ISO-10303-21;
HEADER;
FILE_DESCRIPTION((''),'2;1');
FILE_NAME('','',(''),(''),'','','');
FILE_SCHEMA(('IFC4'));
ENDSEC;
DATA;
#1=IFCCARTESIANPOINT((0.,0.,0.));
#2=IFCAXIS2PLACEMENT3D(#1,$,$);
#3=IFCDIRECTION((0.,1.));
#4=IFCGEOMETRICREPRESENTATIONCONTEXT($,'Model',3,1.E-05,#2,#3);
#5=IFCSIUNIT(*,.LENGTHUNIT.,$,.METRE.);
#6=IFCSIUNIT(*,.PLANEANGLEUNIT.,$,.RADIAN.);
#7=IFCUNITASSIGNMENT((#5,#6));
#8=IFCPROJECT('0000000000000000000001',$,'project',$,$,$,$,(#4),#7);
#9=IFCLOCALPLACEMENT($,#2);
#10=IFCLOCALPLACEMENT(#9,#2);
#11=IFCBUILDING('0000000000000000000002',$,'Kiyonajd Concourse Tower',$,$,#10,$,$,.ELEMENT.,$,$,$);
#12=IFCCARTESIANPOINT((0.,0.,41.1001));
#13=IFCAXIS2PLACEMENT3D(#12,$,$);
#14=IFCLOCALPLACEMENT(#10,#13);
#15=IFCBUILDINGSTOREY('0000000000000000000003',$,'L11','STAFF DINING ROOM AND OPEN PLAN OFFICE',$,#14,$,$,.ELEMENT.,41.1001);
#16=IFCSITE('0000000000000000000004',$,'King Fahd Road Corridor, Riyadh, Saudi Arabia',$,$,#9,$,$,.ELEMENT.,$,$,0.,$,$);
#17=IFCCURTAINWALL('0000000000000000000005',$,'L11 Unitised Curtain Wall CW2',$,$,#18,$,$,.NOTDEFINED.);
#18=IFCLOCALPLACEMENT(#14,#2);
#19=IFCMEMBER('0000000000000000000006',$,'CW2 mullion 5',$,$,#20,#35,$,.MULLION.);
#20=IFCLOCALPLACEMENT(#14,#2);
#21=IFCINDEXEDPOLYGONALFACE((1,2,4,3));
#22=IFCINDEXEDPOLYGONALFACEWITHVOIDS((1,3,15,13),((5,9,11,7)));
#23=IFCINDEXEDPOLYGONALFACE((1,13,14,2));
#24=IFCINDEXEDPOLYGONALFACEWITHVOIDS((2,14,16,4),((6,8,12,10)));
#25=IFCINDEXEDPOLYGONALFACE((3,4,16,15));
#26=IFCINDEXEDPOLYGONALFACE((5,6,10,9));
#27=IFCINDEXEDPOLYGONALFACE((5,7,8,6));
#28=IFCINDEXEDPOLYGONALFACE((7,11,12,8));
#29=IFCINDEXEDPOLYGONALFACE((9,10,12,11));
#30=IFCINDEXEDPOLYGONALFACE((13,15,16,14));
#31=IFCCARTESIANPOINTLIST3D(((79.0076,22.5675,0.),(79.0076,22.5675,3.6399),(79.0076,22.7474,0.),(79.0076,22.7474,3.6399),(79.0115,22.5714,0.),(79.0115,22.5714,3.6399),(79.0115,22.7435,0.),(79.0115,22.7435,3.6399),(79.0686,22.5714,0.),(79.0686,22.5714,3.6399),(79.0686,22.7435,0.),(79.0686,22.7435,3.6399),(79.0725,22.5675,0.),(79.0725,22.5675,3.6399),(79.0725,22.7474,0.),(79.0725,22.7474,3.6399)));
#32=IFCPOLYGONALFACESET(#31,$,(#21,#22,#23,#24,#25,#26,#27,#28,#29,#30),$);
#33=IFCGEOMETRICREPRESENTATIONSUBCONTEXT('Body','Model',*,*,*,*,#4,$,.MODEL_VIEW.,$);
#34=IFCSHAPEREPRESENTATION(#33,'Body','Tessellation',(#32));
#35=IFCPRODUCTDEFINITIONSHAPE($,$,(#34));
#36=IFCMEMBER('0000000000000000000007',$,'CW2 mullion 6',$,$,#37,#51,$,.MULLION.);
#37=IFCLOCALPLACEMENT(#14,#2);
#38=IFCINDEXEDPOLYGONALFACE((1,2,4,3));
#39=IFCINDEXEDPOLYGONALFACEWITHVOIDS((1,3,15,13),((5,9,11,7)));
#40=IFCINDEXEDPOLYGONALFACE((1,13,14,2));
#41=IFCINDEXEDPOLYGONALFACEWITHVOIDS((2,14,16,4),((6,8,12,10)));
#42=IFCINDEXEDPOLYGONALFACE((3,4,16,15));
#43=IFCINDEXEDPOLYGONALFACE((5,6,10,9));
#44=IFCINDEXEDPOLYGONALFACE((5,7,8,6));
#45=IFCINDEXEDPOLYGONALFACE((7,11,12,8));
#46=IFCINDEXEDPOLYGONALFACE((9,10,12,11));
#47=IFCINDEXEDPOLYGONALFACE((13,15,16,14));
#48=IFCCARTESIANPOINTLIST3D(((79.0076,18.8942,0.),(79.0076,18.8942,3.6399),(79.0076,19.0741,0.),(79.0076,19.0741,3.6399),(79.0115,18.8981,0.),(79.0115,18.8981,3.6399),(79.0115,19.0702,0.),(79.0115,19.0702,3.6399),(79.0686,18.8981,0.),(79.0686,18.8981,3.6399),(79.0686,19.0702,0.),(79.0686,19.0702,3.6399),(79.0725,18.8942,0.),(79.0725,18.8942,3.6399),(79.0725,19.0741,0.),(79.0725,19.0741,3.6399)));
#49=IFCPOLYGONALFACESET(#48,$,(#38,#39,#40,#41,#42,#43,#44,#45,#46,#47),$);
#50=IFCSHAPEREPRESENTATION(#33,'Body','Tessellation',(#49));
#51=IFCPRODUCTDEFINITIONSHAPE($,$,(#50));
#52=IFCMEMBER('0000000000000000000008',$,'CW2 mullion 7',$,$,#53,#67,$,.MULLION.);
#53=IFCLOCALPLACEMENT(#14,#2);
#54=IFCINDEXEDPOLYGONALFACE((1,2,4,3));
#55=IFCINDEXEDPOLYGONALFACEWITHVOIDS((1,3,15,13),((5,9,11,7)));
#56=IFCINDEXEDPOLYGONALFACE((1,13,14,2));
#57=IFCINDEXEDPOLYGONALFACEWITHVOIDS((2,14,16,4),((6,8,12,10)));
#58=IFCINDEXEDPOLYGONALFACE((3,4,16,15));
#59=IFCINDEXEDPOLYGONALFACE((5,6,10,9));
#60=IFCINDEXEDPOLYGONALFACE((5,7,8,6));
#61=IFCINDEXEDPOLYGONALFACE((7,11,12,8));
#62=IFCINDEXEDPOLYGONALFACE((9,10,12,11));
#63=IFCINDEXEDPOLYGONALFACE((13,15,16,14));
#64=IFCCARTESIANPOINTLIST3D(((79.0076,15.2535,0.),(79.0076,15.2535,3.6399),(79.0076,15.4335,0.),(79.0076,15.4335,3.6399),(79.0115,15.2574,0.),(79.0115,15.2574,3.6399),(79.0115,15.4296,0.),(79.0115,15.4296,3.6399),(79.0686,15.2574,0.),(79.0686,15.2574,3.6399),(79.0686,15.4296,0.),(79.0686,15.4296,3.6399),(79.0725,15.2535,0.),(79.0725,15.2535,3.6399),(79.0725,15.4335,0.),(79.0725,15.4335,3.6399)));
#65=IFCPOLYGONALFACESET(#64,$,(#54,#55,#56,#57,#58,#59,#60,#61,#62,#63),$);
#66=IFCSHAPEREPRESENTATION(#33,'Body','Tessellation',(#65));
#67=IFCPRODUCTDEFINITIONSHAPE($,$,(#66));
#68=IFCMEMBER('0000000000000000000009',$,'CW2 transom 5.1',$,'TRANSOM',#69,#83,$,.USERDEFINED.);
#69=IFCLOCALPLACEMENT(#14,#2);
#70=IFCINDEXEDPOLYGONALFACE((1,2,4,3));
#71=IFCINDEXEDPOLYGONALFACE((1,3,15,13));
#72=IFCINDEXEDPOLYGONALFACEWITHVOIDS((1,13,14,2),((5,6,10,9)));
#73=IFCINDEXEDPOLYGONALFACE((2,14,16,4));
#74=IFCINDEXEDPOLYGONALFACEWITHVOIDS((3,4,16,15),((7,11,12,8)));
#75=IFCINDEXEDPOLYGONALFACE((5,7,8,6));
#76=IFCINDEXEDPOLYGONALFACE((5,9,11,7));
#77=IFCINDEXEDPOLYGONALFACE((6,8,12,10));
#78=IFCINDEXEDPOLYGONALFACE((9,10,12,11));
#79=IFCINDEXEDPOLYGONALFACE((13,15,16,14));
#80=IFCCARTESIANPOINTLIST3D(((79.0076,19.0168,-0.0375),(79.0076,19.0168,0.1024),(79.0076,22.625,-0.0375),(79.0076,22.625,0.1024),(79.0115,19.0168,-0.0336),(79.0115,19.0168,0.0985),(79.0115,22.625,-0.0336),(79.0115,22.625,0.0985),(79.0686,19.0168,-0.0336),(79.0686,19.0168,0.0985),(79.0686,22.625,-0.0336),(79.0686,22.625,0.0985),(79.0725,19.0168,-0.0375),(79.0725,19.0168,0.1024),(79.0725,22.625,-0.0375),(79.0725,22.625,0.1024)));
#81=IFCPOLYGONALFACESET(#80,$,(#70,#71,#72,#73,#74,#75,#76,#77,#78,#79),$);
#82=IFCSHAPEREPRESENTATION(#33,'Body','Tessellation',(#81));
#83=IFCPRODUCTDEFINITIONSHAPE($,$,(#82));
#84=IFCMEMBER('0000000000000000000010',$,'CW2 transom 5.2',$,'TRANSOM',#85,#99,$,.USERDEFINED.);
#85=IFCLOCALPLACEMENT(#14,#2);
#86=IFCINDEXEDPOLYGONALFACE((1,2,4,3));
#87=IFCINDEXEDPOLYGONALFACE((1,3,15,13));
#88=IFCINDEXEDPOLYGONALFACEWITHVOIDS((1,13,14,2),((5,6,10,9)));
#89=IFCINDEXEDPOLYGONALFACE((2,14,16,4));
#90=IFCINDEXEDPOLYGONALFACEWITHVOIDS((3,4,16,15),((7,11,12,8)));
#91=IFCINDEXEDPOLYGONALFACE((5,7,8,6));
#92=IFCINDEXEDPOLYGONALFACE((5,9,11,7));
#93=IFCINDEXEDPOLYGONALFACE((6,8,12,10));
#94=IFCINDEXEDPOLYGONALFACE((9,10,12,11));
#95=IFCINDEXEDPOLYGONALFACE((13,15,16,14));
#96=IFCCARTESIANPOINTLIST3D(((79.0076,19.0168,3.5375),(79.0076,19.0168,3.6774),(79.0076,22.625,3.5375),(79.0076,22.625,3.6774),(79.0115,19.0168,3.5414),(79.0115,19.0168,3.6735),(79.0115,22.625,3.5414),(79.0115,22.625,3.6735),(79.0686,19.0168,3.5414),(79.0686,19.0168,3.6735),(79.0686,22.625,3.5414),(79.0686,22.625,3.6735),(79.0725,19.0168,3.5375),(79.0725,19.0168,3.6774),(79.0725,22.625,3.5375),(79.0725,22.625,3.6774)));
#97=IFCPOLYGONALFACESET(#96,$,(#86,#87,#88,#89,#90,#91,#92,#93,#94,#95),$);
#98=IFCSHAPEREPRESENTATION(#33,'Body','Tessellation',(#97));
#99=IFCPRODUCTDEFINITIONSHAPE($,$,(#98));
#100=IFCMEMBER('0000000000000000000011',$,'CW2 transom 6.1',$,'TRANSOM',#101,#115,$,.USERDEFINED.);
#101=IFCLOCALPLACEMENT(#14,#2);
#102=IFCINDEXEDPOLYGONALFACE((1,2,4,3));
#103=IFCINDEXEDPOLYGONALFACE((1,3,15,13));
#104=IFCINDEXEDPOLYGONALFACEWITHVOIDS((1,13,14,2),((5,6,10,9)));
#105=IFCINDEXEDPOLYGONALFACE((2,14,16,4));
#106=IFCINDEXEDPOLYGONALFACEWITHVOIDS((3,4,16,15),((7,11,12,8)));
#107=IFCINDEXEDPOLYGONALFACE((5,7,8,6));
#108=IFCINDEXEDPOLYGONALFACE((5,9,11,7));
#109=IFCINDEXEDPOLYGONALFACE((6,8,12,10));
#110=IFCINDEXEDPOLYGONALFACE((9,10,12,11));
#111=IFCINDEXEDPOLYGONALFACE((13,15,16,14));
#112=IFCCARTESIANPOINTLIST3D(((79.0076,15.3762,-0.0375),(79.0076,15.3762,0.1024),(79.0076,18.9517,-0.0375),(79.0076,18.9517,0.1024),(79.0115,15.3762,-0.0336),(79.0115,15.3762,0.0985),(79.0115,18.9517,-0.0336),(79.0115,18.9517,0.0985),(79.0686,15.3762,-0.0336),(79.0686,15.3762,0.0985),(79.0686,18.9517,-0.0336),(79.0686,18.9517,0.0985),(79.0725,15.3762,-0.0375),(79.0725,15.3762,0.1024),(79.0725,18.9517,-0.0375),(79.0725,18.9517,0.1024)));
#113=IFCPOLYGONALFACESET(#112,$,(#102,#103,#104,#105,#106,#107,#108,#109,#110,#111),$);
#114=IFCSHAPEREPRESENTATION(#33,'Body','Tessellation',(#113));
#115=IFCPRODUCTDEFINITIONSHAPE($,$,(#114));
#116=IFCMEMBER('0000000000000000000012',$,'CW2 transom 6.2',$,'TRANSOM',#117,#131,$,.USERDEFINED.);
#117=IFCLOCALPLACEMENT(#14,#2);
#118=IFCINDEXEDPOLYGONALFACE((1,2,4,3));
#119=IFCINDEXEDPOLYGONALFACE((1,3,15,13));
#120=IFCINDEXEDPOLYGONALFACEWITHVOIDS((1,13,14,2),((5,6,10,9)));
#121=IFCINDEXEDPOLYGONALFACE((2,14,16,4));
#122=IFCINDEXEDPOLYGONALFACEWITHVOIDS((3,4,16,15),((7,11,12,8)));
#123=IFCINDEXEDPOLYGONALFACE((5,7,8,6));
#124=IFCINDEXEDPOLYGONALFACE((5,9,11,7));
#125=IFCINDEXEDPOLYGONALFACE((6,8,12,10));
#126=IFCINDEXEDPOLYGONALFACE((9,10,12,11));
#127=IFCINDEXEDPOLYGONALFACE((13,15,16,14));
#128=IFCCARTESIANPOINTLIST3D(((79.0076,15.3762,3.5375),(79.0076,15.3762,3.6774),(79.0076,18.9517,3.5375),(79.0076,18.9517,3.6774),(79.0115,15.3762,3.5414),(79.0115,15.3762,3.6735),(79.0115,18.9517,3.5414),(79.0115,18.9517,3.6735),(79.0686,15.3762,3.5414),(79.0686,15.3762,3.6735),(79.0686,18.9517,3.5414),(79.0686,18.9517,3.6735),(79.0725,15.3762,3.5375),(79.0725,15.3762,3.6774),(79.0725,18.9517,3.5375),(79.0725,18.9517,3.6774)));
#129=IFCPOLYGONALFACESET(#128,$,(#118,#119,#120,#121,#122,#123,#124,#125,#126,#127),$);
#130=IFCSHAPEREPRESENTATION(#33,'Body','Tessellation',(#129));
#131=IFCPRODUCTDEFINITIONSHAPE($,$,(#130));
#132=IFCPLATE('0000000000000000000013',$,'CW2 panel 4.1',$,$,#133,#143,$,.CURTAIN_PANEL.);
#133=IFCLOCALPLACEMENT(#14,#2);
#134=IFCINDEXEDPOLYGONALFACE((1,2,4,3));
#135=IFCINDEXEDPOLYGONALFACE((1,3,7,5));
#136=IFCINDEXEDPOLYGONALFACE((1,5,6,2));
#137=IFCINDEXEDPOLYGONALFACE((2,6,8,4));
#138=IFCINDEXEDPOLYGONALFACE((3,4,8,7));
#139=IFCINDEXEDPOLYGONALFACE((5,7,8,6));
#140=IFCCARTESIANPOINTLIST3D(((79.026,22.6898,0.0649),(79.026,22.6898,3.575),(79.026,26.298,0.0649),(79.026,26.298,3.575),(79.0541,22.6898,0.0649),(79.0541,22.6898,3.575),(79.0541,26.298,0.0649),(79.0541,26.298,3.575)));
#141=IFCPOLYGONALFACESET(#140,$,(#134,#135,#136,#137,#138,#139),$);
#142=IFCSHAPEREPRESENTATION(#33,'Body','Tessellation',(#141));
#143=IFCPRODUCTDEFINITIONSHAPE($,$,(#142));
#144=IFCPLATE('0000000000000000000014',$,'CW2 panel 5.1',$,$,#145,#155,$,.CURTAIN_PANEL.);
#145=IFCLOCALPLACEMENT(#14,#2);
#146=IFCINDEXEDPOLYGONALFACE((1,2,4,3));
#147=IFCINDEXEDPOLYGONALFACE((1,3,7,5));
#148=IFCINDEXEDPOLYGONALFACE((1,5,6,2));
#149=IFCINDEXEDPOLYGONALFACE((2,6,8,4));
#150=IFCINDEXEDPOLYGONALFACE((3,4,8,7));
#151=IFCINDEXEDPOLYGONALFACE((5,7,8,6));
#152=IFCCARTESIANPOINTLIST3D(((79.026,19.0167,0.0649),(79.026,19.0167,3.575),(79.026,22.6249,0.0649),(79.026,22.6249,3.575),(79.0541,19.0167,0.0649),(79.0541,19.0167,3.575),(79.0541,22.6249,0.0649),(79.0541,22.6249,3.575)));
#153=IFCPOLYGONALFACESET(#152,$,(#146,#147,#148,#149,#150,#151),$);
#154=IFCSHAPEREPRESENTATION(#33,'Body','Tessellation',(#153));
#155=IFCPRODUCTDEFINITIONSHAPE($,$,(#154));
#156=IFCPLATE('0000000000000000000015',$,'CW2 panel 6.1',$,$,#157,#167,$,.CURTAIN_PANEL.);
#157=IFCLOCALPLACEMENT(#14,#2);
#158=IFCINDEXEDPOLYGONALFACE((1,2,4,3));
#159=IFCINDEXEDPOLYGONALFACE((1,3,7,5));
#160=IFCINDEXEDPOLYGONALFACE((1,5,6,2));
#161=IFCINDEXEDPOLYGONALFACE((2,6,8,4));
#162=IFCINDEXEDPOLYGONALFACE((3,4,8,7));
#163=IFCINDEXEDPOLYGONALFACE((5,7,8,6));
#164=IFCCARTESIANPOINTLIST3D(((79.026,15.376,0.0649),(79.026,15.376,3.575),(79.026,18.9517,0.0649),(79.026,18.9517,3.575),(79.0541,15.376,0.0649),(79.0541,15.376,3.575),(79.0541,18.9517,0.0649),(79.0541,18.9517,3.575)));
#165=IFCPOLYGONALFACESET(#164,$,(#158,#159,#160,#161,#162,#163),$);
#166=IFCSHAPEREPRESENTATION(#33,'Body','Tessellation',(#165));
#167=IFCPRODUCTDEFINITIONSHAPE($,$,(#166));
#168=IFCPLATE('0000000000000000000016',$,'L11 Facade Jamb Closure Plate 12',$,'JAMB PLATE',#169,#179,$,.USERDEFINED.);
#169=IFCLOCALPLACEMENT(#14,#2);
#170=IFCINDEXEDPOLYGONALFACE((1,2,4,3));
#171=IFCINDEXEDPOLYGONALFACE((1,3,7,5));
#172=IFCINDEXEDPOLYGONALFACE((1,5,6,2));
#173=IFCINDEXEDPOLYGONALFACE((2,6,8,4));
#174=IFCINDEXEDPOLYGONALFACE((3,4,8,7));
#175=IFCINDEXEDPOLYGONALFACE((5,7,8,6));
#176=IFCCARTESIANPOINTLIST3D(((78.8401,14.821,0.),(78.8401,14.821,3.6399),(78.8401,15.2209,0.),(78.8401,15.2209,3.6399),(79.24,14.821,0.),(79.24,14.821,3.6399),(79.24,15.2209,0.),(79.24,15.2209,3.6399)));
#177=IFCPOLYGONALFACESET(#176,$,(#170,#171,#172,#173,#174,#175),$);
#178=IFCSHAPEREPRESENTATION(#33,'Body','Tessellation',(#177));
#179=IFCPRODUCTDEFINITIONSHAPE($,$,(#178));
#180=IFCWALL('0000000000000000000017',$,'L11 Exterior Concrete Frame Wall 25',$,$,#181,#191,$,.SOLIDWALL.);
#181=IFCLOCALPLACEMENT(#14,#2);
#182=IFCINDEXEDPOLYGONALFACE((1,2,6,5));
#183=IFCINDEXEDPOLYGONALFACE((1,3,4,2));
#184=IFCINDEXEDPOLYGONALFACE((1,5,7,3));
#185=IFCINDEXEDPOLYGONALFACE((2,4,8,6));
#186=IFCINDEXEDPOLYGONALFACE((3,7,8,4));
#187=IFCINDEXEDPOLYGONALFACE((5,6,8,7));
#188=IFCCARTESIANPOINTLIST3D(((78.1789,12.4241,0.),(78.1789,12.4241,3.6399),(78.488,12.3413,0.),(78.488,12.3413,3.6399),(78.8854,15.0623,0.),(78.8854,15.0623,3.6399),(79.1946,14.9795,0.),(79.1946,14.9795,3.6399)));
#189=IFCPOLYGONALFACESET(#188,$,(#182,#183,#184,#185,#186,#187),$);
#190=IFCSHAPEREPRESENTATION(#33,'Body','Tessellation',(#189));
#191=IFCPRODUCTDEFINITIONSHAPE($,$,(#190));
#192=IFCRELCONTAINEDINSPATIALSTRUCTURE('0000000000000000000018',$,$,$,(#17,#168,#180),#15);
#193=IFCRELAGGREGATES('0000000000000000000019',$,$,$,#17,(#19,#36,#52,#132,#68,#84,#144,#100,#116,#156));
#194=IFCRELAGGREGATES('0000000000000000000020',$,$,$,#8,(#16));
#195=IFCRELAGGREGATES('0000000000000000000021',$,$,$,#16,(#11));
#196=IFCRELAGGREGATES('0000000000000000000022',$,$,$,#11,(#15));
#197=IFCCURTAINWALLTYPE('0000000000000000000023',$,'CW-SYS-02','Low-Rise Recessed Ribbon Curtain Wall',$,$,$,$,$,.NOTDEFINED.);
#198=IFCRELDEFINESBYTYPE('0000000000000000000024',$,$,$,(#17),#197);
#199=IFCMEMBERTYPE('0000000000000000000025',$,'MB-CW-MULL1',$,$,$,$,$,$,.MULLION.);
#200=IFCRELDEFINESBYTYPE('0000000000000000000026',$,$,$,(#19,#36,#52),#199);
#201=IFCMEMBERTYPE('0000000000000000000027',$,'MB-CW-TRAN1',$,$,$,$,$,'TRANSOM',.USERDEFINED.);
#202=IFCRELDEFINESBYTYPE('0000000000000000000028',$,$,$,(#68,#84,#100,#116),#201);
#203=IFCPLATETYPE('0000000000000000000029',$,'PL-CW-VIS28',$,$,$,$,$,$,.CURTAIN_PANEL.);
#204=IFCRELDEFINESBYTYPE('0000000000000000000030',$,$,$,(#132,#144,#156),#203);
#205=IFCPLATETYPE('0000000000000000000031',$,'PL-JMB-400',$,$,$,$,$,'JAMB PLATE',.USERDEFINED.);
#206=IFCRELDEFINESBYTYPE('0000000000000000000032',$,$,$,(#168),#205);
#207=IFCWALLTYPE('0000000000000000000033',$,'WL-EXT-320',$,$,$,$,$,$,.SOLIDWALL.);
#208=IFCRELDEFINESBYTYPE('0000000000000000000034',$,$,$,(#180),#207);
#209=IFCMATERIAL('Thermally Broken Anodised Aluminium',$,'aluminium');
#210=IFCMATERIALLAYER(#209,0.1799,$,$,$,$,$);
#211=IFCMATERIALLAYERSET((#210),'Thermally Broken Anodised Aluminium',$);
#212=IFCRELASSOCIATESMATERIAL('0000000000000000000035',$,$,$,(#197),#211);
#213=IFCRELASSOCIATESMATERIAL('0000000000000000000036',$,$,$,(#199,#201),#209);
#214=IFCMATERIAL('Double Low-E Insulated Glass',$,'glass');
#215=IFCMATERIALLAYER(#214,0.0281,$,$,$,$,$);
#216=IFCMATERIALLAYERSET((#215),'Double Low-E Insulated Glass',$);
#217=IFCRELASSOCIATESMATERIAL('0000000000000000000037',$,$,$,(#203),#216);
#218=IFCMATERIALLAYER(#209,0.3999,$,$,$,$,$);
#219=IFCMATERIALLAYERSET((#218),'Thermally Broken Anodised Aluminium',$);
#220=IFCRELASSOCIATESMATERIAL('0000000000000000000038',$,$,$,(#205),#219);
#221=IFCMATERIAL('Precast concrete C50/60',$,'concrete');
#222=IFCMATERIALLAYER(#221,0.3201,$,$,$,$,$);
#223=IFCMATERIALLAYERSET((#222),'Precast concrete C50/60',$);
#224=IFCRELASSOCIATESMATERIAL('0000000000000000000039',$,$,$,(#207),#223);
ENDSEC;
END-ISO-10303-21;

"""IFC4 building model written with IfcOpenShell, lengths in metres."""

from ifc_helpers import new_model, si_unit, direction, frame, frame_2d, origin, origin_2d, place, context, subcontext, project, spatial, rectangle, hollow_rectangle, extrude, material, layer, layer_set, material_profile, profile_set, type_object, element, aggregate, save


model = new_model("IFC4")

# Units and contexts
model_context = context("Model", 3, precision=1e-05, world=origin(), true_north=direction((0.0, 1.0)))
body_context = subcontext(model_context, "Body", "Model", "MODEL_VIEW")
ifc_project = project(units=[si_unit("LENGTHUNIT", "METRE"), si_unit("PLANEANGLEUNIT", "RADIAN")], contexts=[model_context])

# Site, building, storey
site_placement = place(None, origin())
site = spatial("IfcSite", under=ifc_project, at=site_placement, Name="King Fahd Road Corridor, Riyadh, Saudi Arabia", CompositionType="ELEMENT", RefElevation=0.0)
building_placement = place(site_placement, origin())
building = spatial("IfcBuilding", under=site, at=building_placement, Name="Kiyonajd Concourse Tower", CompositionType="ELEMENT")
storey_placement = place(building_placement, frame((0.0, 0.0, 41.1001)))
storey = spatial("IfcBuildingStorey", under=building, at=storey_placement, Name="L11", Description="STAFF DINING ROOM AND OPEN PLAN OFFICE", CompositionType="ELEMENT", Elevation=41.1001)

# Shared definitions
ifc_material_1 = material(Name="Precast concrete C50/60", Category="concrete")

# Curtain wall, members, plates
ifc_material_2 = material(Name="Thermally Broken Anodised Aluminium", Category="aluminium")
ifc_layer_1 = layer(ifc_material_2, 0.1799)
ifc_layer_set_1 = layer_set([ifc_layer_1], Name="Thermally Broken Anodised Aluminium")
curtain_wall_type = type_object("IfcCurtainWallType", Name="CW-SYS-02", Description="Low-Rise Recessed Ribbon Curtain Wall", PredefinedType="NOTDEFINED", material=ifc_layer_set_1)
curtain_wall_placement = place(storey_placement, origin())
curtain_wall = element("IfcCurtainWall", 1, at=curtain_wall_placement, inside=storey, type_object=curtain_wall_type, Name="L11 Unitised Curtain Wall CW2", PredefinedType="NOTDEFINED")
ifc_material_profile_1 = material_profile(ifc_material_2, hollow_rectangle(XDim=0.0649, YDim=0.1799, WallThickness=0.0039, at=origin_2d()), Name="MULL-65x180")
ifc_profile_set_1 = profile_set([ifc_material_profile_1], Name="Thermally Broken Anodised Aluminium")
member_type_1 = type_object("IfcMemberType", Name="MB-CW-MULL1", PredefinedType="MULLION", material=ifc_profile_set_1)
member_1_placement = place(storey_placement, frame((79.04, 22.6575, 0.0), z_axis=(0.0, 0.0, 1.0), x_axis=(1.0, 0.0, 0.0)))
member_1 = element("IfcMember", 2, at=member_1_placement, type_object=member_type_1, Name="CW2 mullion 5", PredefinedType="MULLION", context=body_context, shape_type="SweptSolid", body=[
    extrude(hollow_rectangle(XDim=0.0649, YDim=0.1799, WallThickness=0.0039, at=origin_2d()), origin(), (0.0, 0.0, 1.0), 3.6399),
])
member_2_placement = place(storey_placement, frame((79.04, 18.9841, 0.0), z_axis=(0.0, 0.0, 1.0), x_axis=(1.0, 0.0, 0.0)))
member_2 = element("IfcMember", 3, at=member_2_placement, type_object=member_type_1, Name="CW2 mullion 6", PredefinedType="MULLION", context=body_context, shape_type="SweptSolid", body=[
    extrude(hollow_rectangle(XDim=0.0649, YDim=0.1799, WallThickness=0.0039, at=origin_2d()), origin(), (0.0, 0.0, 1.0), 3.6399),
])
member_3_placement = place(storey_placement, frame((79.04, 15.3435, 0.0), z_axis=(0.0, 0.0, 1.0), x_axis=(1.0, 0.0, 0.0)))
member_3 = element("IfcMember", 4, at=member_3_placement, type_object=member_type_1, Name="CW2 mullion 7", PredefinedType="MULLION", context=body_context, shape_type="SweptSolid", body=[
    extrude(hollow_rectangle(XDim=0.0649, YDim=0.1799, WallThickness=0.0039, at=origin_2d()), origin(), (0.0, 0.0, 1.0), 3.6399),
])
ifc_material_profile_2 = material_profile(ifc_material_2, hollow_rectangle(XDim=0.0649, YDim=0.1399, WallThickness=0.0039, at=origin_2d()), Name="TRAN-65x140")
ifc_profile_set_2 = profile_set([ifc_material_profile_2], Name="Thermally Broken Anodised Aluminium")
member_type_2 = type_object("IfcMemberType", Name="MB-CW-TRAN1", ElementType="TRANSOM", PredefinedType="USERDEFINED", material=ifc_profile_set_2)
member_4_placement = place(storey_placement, frame((79.04, 22.625, 0.0325), z_axis=(0.0, -1.0, 0.0), x_axis=(1.0, 0.0, 0.0)))
member_4 = element("IfcMember", 5, at=member_4_placement, type_object=member_type_2, Name="CW2 transom 5.1", ObjectType="TRANSOM", PredefinedType="USERDEFINED", context=body_context, shape_type="SweptSolid", body=[
    extrude(hollow_rectangle(XDim=0.0649, YDim=0.1399, WallThickness=0.0039, at=origin_2d()), origin(), (0.0, 0.0, 1.0), 3.6082),
])
member_5_placement = place(storey_placement, frame((79.04, 22.625, 3.6074), z_axis=(0.0, -1.0, 0.0), x_axis=(1.0, 0.0, 0.0)))
member_5 = element("IfcMember", 6, at=member_5_placement, type_object=member_type_2, Name="CW2 transom 5.2", ObjectType="TRANSOM", PredefinedType="USERDEFINED", context=body_context, shape_type="SweptSolid", body=[
    extrude(hollow_rectangle(XDim=0.0649, YDim=0.1399, WallThickness=0.0039, at=origin_2d()), origin(), (0.0, 0.0, 1.0), 3.6082),
])
member_6_placement = place(storey_placement, frame((79.04, 18.9517, 0.0325), z_axis=(0.0, -1.0, 0.0), x_axis=(1.0, 0.0, 0.0)))
member_6 = element("IfcMember", 7, at=member_6_placement, type_object=member_type_2, Name="CW2 transom 6.1", ObjectType="TRANSOM", PredefinedType="USERDEFINED", context=body_context, shape_type="SweptSolid", body=[
    extrude(hollow_rectangle(XDim=0.0649, YDim=0.1399, WallThickness=0.0039, at=origin_2d()), origin(), (0.0, 0.0, 1.0), 3.5754),
])
member_7_placement = place(storey_placement, frame((79.04, 18.9517, 3.6074), z_axis=(0.0, -1.0, 0.0), x_axis=(1.0, 0.0, 0.0)))
member_7 = element("IfcMember", 8, at=member_7_placement, type_object=member_type_2, Name="CW2 transom 6.2", ObjectType="TRANSOM", PredefinedType="USERDEFINED", context=body_context, shape_type="SweptSolid", body=[
    extrude(hollow_rectangle(XDim=0.0649, YDim=0.1399, WallThickness=0.0039, at=origin_2d()), origin(), (0.0, 0.0, 1.0), 3.5754),
])
ifc_material_3 = material(Name="Double Low-E Insulated Glass", Category="glass")
ifc_layer_2 = layer(ifc_material_3, 0.0281)
ifc_layer_set_2 = layer_set([ifc_layer_2], Name="Double Low-E Insulated Glass")
plate_type_1 = type_object("IfcPlateType", Name="PL-CW-VIS28", PredefinedType="CURTAIN_PANEL", material=ifc_layer_set_2)
plate_1_placement = place(storey_placement, frame((79.04, 24.4939, 0.0649), z_axis=(0.0, 0.0, 1.0), x_axis=(0.0, -1.0, 0.0)))
plate_1 = element("IfcPlate", 9, at=plate_1_placement, type_object=plate_type_1, Name="CW2 panel 4.1", PredefinedType="CURTAIN_PANEL", context=body_context, shape_type="SweptSolid", body=[
    extrude(rectangle(XDim=3.6082, YDim=0.0281, at=origin_2d()), origin(), (0.0, 0.0, 1.0), 3.51),
])
plate_2_placement = place(storey_placement, frame((79.04, 20.8208, 0.0649), z_axis=(0.0, 0.0, 1.0), x_axis=(0.0, -1.0, 0.0)))
plate_2 = element("IfcPlate", 10, at=plate_2_placement, type_object=plate_type_1, Name="CW2 panel 5.1", PredefinedType="CURTAIN_PANEL", context=body_context, shape_type="SweptSolid", body=[
    extrude(rectangle(XDim=3.6082, YDim=0.0281, at=origin_2d()), origin(), (0.0, 0.0, 1.0), 3.51),
])
plate_3_placement = place(storey_placement, frame((79.04, 17.1638, 0.0649), z_axis=(0.0, 0.0, 1.0), x_axis=(0.0, -1.0, 0.0)))
plate_3 = element("IfcPlate", 11, at=plate_3_placement, type_object=plate_type_1, Name="CW2 panel 6.1", PredefinedType="CURTAIN_PANEL", context=body_context, shape_type="SweptSolid", body=[
    extrude(rectangle(XDim=3.5757, YDim=0.0281, at=origin_2d()), origin(), (0.0, 0.0, 1.0), 3.51),
])
aggregate(curtain_wall, [member_1, member_2, member_3, plate_1, member_4, member_5, plate_2, member_6, member_7, plate_3])

# Plate
ifc_layer_3 = layer(ifc_material_2, 0.3999)
ifc_layer_set_3 = layer_set([ifc_layer_3], Name="Thermally Broken Anodised Aluminium")
plate_type_2 = type_object("IfcPlateType", Name="PL-JMB-400", ElementType="JAMB PLATE", PredefinedType="USERDEFINED", material=ifc_layer_set_3)
plate_4_placement = place(storey_placement, frame((79.04, 15.021, 0.0), z_axis=(0.0, 0.0, 1.0), x_axis=(1.0, 0.0, 0.0)))
element("IfcPlate", 12, at=plate_4_placement, inside=storey, type_object=plate_type_2, Name="L11 Facade Jamb Closure Plate 12", ObjectType="JAMB PLATE", PredefinedType="USERDEFINED", context=body_context, shape_type="SweptSolid", body=[
    extrude(rectangle(XDim=0.3999, YDim=0.3999, at=origin_2d()), origin(), (0.0, 0.0, 1.0), 3.6399),
])

# Wall
ifc_layer_4 = layer(ifc_material_1, 0.3201)
ifc_layer_set_4 = layer_set([ifc_layer_4], Name="Precast concrete C50/60")
wall_type = type_object("IfcWallType", Name="WL-EXT-320", PredefinedType="SOLIDWALL", material=ifc_layer_set_4)
wall_1_placement = place(storey_placement, frame((79.04, 15.021, 0.0), z_axis=(0.0, 0.0, 1.0), x_axis=(-0.258697, -0.965958, 0.0)))
element("IfcWall", 13, at=wall_1_placement, inside=storey, type_object=wall_type, Name="L11 Exterior Concrete Frame Wall 25", PredefinedType="SOLIDWALL", context=body_context, shape_type="SweptSolid", body=[
    extrude(rectangle(XDim=2.7312, YDim=0.3201, at=frame_2d((1.3657, 0.0))), origin(), (0.0, 0.0, 1.0), 3.6399),
])

save(model, "model.ifc")
